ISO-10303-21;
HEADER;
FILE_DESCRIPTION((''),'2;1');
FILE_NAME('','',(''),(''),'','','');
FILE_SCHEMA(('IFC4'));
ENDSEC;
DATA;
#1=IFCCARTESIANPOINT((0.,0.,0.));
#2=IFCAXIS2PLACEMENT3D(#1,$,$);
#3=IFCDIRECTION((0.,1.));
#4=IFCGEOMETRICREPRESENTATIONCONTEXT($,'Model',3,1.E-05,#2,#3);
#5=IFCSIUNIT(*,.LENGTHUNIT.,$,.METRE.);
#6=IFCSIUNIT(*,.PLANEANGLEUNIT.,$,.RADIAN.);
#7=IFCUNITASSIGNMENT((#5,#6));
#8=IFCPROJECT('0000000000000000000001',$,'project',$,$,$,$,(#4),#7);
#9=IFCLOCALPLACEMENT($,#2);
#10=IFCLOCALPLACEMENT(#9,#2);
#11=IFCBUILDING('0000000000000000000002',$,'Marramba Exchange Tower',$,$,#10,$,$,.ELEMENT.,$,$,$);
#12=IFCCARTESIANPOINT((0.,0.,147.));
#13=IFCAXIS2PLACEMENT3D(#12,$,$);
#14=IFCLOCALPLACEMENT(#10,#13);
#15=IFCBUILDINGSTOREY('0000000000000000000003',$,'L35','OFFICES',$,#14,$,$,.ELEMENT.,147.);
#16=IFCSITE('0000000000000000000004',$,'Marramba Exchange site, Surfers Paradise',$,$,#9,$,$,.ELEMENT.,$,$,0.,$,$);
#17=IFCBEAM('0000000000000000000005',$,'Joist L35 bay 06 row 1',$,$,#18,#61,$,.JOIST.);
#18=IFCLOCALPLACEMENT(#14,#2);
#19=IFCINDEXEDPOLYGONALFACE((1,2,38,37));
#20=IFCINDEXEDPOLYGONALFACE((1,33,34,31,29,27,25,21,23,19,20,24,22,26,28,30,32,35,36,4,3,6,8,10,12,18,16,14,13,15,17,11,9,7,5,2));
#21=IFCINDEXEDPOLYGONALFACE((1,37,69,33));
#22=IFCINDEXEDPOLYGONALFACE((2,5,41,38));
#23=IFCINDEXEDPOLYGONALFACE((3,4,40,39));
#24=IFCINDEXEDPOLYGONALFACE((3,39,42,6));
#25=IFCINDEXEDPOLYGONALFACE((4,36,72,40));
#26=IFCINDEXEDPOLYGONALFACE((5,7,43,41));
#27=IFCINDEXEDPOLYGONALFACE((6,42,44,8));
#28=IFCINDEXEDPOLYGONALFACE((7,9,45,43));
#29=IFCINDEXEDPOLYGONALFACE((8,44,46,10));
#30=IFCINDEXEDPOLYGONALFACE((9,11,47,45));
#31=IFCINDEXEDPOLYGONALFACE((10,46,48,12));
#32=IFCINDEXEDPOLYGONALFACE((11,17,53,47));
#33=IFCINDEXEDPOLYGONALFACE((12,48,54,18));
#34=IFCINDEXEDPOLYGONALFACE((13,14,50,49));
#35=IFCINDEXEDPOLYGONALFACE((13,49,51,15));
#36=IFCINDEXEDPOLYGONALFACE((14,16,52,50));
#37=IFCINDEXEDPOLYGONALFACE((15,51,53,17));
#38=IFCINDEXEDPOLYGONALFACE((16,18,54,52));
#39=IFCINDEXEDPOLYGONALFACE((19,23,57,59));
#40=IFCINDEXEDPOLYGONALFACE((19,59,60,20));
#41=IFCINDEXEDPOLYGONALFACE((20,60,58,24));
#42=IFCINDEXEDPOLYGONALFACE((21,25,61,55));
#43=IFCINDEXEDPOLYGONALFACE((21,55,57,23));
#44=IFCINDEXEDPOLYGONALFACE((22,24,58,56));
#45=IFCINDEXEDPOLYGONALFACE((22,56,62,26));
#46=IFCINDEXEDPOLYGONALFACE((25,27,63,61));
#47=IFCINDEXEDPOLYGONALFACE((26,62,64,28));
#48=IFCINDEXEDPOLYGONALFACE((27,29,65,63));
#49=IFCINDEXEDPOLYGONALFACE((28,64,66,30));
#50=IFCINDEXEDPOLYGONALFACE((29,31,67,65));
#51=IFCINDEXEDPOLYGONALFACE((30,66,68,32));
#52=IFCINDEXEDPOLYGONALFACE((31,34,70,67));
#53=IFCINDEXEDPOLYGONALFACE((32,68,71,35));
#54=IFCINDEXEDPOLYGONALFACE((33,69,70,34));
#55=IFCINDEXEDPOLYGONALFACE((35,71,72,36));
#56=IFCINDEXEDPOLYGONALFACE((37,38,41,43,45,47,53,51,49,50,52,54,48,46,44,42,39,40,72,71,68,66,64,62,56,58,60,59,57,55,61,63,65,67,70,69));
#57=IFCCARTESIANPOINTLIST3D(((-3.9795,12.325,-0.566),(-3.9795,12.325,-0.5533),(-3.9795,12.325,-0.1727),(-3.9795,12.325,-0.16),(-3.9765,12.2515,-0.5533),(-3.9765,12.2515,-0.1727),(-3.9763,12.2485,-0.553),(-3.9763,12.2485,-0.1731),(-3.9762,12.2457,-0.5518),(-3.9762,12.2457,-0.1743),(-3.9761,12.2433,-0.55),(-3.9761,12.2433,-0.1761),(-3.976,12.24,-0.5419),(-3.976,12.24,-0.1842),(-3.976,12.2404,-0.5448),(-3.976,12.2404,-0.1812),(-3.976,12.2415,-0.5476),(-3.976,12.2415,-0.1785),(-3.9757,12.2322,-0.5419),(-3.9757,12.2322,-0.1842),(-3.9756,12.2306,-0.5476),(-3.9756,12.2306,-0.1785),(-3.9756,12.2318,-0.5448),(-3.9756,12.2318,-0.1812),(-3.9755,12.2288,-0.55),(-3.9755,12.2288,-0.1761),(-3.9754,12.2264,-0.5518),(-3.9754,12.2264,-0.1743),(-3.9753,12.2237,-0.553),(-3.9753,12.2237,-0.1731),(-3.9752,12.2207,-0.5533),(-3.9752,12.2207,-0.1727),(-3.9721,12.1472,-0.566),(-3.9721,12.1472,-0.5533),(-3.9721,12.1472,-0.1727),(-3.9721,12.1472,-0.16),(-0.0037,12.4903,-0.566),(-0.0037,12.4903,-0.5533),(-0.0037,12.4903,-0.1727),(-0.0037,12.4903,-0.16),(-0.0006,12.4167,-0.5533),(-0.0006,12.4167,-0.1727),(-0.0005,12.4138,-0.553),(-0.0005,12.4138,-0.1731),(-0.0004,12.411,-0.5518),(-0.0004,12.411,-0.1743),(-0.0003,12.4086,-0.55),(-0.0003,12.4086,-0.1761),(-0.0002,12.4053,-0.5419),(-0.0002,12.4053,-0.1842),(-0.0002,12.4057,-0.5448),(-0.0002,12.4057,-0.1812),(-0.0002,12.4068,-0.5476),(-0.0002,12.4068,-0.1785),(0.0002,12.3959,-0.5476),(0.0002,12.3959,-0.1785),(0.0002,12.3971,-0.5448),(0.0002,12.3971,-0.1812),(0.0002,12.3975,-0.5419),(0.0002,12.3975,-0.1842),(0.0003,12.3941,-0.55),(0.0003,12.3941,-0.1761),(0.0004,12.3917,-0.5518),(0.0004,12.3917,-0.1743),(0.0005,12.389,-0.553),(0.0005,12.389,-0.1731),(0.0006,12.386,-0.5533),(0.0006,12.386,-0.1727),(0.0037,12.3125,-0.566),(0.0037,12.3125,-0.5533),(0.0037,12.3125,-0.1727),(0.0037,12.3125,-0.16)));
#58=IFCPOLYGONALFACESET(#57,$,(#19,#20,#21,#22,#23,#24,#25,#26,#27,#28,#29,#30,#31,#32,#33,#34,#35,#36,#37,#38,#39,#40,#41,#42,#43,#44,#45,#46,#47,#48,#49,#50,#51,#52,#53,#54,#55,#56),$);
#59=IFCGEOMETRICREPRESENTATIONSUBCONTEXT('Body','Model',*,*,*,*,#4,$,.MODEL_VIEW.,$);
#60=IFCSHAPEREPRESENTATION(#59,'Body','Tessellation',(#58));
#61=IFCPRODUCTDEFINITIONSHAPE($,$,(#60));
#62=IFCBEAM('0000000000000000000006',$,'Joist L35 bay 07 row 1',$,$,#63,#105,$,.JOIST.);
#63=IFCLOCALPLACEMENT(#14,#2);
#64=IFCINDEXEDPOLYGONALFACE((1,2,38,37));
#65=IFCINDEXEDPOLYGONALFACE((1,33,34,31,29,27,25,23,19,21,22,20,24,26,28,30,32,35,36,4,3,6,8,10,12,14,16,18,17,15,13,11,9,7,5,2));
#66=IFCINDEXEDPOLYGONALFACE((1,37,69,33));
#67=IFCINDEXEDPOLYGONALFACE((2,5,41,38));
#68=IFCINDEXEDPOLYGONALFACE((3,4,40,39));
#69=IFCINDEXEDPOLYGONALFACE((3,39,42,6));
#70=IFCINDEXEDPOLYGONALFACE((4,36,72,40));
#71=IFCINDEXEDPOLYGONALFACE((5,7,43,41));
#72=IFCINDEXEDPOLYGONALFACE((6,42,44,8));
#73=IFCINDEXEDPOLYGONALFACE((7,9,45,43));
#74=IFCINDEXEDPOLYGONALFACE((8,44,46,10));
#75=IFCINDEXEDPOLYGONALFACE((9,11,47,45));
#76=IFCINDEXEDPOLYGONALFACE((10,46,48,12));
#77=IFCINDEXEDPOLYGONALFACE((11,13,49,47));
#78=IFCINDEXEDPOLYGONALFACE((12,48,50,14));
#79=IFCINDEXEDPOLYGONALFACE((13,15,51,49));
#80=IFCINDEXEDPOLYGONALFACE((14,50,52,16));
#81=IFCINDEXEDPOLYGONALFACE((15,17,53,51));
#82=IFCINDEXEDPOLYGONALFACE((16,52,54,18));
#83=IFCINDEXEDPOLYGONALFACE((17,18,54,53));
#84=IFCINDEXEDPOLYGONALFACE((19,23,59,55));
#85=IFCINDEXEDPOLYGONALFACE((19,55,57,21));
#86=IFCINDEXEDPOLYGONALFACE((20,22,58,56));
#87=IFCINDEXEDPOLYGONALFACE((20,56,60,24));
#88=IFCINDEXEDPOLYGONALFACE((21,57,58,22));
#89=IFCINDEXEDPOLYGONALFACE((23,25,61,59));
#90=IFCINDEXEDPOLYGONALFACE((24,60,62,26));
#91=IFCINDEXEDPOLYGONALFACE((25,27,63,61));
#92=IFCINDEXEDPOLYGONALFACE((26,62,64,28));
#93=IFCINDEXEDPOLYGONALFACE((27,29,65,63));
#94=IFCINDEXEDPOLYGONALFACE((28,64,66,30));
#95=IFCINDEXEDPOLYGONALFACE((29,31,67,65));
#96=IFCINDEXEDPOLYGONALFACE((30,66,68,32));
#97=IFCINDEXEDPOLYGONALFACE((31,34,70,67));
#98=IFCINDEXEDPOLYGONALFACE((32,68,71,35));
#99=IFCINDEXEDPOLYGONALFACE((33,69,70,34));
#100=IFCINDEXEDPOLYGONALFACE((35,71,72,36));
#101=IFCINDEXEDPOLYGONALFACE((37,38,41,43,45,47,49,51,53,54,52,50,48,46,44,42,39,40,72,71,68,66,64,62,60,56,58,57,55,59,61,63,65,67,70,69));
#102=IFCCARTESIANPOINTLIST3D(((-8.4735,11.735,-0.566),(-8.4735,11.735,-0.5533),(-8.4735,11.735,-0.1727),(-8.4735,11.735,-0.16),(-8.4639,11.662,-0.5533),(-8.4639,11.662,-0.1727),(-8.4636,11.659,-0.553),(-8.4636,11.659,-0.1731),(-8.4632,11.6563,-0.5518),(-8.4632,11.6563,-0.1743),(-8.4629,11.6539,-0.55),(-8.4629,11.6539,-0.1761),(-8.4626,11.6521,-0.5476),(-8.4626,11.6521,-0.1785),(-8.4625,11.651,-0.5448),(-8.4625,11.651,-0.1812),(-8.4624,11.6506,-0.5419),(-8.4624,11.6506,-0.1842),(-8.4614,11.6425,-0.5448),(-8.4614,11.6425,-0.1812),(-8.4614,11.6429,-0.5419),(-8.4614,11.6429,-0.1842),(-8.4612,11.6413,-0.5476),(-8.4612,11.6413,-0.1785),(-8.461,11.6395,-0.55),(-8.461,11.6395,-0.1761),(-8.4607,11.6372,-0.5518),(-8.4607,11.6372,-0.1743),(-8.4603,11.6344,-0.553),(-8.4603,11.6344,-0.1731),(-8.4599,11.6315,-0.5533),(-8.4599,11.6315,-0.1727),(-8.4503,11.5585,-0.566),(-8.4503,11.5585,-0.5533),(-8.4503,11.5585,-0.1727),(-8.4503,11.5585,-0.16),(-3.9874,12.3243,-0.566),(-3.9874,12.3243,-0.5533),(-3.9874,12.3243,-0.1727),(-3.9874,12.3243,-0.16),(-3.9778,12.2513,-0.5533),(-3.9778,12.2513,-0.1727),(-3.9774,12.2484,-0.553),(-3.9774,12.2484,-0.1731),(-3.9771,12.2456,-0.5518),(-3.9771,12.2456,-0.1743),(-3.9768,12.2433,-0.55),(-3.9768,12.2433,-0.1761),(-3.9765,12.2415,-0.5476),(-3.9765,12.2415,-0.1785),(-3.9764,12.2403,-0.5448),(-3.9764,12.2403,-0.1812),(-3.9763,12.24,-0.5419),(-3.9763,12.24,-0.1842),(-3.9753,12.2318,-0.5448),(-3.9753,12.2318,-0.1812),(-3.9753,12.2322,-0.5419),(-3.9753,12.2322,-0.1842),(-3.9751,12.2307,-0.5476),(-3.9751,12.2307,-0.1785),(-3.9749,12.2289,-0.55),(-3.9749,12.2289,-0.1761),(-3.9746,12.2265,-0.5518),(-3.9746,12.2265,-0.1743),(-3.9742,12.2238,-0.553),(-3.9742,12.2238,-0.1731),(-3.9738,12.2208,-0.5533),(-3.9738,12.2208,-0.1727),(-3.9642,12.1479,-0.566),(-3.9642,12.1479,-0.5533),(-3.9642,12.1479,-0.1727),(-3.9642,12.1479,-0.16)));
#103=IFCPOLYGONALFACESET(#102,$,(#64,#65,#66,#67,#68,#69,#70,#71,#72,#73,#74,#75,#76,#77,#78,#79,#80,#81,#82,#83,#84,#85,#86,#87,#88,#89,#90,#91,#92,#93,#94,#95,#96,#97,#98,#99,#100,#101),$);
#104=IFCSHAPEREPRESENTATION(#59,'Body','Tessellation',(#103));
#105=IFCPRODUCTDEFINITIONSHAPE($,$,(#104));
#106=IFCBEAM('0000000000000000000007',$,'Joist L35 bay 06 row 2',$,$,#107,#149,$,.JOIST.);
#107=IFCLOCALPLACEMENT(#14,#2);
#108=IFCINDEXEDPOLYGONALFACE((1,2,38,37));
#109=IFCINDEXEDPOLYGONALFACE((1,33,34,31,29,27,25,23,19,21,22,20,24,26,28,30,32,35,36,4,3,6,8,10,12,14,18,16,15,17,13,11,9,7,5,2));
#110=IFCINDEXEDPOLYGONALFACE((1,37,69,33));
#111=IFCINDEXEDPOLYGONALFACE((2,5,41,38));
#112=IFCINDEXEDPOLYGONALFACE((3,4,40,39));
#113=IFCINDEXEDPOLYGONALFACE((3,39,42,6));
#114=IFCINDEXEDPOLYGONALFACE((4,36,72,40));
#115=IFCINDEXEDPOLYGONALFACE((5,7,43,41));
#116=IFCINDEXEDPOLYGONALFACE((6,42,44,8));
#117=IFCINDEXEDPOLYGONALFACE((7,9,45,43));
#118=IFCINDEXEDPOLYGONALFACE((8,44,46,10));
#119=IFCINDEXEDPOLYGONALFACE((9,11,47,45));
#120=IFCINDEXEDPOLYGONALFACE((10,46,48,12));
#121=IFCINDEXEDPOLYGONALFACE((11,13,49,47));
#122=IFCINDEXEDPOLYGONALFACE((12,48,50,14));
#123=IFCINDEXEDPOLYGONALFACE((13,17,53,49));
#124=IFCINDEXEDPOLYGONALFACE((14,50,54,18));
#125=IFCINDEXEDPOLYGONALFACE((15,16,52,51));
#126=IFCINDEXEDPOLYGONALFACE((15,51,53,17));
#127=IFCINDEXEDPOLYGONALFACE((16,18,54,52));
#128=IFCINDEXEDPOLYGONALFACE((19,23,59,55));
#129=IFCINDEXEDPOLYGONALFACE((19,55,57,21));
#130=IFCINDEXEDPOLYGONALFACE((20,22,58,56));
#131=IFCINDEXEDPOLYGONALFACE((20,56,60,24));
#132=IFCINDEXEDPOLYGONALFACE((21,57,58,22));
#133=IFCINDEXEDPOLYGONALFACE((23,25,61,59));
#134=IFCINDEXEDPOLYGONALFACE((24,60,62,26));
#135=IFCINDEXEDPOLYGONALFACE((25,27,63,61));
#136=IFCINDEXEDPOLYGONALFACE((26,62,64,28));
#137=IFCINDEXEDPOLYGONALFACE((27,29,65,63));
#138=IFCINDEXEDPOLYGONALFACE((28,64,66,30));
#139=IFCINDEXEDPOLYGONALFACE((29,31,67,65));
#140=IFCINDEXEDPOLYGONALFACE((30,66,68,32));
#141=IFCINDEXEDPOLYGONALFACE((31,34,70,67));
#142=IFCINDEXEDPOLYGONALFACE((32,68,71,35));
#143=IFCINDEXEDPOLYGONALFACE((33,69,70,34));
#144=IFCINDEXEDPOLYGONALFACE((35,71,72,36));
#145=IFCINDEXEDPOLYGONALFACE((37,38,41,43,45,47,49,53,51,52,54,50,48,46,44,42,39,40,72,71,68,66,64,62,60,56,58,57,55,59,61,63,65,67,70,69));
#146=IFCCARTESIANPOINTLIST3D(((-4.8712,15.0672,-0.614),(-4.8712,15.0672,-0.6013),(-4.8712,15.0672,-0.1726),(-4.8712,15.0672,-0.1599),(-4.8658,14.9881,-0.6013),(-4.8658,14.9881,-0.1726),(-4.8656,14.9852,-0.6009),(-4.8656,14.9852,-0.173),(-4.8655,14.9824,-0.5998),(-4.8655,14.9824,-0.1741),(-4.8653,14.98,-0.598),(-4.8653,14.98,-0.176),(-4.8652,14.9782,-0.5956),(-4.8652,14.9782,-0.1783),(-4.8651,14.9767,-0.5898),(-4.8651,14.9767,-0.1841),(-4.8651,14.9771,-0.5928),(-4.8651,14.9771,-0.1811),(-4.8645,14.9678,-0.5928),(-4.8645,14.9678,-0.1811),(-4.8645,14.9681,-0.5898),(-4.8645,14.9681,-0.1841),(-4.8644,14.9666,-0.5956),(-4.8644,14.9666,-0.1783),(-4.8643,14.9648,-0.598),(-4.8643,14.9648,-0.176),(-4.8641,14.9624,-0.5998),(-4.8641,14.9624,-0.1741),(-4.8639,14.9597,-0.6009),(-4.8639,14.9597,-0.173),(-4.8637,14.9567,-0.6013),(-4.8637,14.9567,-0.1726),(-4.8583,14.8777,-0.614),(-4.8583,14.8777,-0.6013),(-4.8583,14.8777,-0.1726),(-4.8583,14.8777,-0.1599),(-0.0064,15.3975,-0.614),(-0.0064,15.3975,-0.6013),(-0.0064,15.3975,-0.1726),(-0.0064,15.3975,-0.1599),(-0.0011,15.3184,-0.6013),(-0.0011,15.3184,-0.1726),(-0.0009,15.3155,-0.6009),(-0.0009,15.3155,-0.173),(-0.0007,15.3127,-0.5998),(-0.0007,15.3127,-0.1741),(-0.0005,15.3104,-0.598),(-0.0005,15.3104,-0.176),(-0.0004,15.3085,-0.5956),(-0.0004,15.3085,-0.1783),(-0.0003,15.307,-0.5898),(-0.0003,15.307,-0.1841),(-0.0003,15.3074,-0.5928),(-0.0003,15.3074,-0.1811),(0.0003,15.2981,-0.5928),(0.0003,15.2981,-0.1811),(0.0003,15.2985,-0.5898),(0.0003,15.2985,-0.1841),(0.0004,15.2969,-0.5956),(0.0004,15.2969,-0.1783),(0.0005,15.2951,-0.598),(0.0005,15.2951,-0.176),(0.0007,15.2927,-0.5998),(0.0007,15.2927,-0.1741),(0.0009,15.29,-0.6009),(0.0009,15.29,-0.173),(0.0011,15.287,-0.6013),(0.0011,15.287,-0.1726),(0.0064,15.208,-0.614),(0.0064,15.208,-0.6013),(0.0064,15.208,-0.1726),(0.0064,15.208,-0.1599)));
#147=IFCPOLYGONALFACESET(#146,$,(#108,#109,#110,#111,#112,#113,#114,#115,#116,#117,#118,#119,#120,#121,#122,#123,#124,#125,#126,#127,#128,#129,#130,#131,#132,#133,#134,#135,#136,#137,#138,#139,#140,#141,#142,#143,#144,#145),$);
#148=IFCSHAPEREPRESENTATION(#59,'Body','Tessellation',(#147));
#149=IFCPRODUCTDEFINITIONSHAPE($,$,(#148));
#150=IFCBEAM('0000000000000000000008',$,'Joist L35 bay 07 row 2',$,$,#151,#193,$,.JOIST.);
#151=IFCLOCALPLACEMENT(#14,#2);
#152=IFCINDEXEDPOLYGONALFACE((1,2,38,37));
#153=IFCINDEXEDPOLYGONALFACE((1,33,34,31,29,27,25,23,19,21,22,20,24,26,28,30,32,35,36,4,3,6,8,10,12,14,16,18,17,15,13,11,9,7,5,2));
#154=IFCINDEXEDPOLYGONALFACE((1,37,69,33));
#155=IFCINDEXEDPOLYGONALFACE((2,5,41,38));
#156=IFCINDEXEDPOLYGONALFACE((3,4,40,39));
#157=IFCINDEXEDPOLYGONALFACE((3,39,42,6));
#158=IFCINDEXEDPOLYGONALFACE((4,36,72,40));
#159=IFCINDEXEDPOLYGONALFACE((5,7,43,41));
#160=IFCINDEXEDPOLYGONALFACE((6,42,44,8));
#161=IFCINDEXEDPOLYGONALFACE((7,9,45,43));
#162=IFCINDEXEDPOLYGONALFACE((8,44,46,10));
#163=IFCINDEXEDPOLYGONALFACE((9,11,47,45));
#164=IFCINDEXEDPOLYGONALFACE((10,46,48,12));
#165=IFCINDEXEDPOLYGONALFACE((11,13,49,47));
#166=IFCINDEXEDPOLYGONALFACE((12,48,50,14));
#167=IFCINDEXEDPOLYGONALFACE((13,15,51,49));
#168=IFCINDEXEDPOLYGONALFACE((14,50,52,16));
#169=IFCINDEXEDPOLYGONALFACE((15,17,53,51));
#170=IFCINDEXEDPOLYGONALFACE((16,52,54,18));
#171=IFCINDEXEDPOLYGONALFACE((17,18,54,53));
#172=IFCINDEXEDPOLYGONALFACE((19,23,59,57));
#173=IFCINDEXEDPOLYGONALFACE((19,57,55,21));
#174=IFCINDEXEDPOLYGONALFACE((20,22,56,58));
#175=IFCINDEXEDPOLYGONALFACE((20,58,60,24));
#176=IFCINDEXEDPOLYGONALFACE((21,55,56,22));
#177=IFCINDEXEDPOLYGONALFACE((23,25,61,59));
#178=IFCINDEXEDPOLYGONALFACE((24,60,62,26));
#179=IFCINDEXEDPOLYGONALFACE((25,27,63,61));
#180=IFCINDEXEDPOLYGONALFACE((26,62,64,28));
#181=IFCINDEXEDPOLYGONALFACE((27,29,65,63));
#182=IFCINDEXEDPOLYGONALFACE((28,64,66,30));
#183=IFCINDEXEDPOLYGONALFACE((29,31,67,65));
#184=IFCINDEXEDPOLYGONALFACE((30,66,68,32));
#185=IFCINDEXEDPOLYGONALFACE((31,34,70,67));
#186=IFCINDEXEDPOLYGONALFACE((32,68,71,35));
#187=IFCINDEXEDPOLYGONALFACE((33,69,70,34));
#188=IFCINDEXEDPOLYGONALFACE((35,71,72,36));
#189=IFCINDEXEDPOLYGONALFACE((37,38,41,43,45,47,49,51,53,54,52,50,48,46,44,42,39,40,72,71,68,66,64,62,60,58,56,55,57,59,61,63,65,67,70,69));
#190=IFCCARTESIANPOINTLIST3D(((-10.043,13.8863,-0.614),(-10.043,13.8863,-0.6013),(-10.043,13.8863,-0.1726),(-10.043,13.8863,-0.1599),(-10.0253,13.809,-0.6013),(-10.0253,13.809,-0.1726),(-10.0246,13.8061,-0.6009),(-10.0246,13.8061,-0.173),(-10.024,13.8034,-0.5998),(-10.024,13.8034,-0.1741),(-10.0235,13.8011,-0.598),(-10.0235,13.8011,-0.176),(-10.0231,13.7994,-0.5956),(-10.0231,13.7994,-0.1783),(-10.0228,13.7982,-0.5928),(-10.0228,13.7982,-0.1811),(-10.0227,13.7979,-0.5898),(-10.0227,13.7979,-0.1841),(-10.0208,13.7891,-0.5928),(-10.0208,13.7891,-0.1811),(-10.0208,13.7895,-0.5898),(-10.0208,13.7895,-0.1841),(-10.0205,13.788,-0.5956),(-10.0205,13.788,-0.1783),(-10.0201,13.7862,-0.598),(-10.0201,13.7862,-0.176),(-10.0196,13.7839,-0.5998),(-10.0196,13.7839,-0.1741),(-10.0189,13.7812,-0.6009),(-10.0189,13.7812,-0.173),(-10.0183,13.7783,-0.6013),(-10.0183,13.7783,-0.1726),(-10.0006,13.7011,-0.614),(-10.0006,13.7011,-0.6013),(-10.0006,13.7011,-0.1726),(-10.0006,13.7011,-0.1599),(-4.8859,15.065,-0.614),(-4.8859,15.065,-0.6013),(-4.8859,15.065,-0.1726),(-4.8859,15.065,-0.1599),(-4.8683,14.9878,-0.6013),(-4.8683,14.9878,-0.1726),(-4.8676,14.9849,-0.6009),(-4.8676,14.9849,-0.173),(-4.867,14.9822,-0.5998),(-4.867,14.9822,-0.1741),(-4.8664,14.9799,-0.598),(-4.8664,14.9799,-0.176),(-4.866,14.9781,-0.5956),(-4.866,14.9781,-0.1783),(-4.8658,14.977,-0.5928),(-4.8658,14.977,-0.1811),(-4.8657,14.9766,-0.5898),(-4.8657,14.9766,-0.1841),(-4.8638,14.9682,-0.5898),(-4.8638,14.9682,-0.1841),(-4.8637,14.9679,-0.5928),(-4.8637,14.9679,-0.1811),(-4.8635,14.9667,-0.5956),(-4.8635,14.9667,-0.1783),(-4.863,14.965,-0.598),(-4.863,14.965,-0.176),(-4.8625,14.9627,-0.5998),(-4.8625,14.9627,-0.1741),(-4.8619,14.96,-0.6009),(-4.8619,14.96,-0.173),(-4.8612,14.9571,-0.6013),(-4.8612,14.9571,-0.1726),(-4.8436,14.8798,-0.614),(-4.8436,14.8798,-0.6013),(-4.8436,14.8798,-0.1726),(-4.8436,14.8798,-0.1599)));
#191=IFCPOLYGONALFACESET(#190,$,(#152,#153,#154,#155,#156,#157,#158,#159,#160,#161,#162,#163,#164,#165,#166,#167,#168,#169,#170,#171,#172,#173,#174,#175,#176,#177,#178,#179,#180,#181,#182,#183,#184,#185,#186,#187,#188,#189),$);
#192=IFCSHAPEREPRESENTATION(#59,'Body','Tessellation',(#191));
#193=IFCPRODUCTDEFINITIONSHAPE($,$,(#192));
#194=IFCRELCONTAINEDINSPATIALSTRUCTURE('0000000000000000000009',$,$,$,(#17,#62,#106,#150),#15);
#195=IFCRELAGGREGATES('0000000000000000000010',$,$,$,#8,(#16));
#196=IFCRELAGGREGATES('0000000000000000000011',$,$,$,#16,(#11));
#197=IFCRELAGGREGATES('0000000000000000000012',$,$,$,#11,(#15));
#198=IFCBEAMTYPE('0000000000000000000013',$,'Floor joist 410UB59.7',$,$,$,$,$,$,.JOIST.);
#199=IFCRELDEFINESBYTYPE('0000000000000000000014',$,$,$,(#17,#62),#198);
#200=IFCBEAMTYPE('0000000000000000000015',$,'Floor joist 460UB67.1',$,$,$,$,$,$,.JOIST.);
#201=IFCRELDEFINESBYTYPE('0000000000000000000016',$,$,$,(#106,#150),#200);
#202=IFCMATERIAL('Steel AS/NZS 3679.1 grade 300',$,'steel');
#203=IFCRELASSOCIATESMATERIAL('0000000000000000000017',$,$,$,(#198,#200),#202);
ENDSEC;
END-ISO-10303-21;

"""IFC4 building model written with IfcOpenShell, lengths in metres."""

from ifc_helpers import new_model, si_unit, direction, frame, origin, origin_2d, place, context, subcontext, project, spatial, i_section, extrude, material, material_profile, profile_set, type_object, element, save


model = new_model("IFC4")

# Units and contexts
model_context = context("Model", 3, precision=1e-05, world=origin(), true_north=direction((0.0, 1.0)))
body_context = subcontext(model_context, "Body", "Model", "MODEL_VIEW")
ifc_project = project(units=[si_unit("LENGTHUNIT", "METRE"), si_unit("PLANEANGLEUNIT", "RADIAN")], contexts=[model_context])

# Site, building, storey
site_placement = place(None, origin())
site = spatial("IfcSite", under=ifc_project, at=site_placement, Name="Marramba Exchange site, Surfers Paradise", CompositionType="ELEMENT", RefElevation=0.0)
building_placement = place(site_placement, origin())
building = spatial("IfcBuilding", under=site, at=building_placement, Name="Marramba Exchange Tower", CompositionType="ELEMENT")
storey_placement = place(building_placement, frame((0.0, 0.0, 147.0)))
storey = spatial("IfcBuildingStorey", under=building, at=storey_placement, Name="L35", Description="OFFICES", CompositionType="ELEMENT", Elevation=147.0)

# Beams
ifc_material_1 = material(Name="Steel AS/NZS 3679.1 grade 300", Category="steel")
ifc_material_profile_1 = material_profile(ifc_material_1, i_section(OverallWidth=0.178, OverallDepth=0.406, WebThickness=0.0078, FlangeThickness=0.0127, FilletRadius=0.0115, at=origin_2d()), Name="410UB59.7")
ifc_profile_set_1 = profile_set([ifc_material_profile_1], Name="Steel AS/NZS 3679.1 grade 300")
beam_type_1 = type_object("IfcBeamType", Name="Floor joist 410UB59.7", PredefinedType="JOIST", material=ifc_profile_set_1)
beam_1_placement = place(storey_placement, frame((0.0, 12.4014, -0.363), z_axis=(-0.999137, -0.041536, 0.0), x_axis=(0.041536, -0.999137, 0.0)))
element("IfcBeam", 1, at=beam_1_placement, inside=storey, type_object=beam_type_1, Name="Joist L35 bay 06 row 1", PredefinedType="JOIST", context=body_context, shape_type="SweptSolid", body=[
    extrude(i_section(OverallWidth=0.178, OverallDepth=0.406, WebThickness=0.0078, FlangeThickness=0.0127, FilletRadius=0.0115, at=origin_2d()), origin(), (0.0, 0.0, 1.0), 3.9792),
])
beam_2_placement = place(storey_placement, frame((-3.9758, 12.2361, -0.363), z_axis=(-0.991481, -0.130255, 0.0), x_axis=(0.130255, -0.991481, 0.0)))
element("IfcBeam", 2, at=beam_2_placement, inside=storey, type_object=beam_type_1, Name="Joist L35 bay 07 row 1", PredefinedType="JOIST", context=body_context, shape_type="SweptSolid", body=[
    extrude(i_section(OverallWidth=0.178, OverallDepth=0.406, WebThickness=0.0078, FlangeThickness=0.0127, FilletRadius=0.0115, at=origin_2d()), origin(), (0.0, 0.0, 1.0), 4.5247),
])
ifc_material_profile_2 = material_profile(ifc_material_1, i_section(OverallWidth=0.1899, OverallDepth=0.4541, WebThickness=0.0085, FlangeThickness=0.0127, FilletRadius=0.0115, at=origin_2d()), Name="460UB67.1")
ifc_profile_set_2 = profile_set([ifc_material_profile_2], Name="Steel AS/NZS 3679.1 grade 300")
beam_type_2 = type_object("IfcBeamType", Name="Floor joist 460UB67.1", PredefinedType="JOIST", material=ifc_profile_set_2)
beam_3_placement = place(storey_placement, frame((0.0, 15.3027, -0.387), z_axis=(-0.997703, -0.067745, 0.0), x_axis=(0.067745, -0.997703, 0.0)))
element("IfcBeam", 3, at=beam_3_placement, inside=storey, type_object=beam_type_2, Name="Joist L35 bay 06 row 2", PredefinedType="JOIST", context=body_context, shape_type="SweptSolid", body=[
    extrude(i_section(OverallWidth=0.1899, OverallDepth=0.4541, WebThickness=0.0085, FlangeThickness=0.0127, FilletRadius=0.0115, at=origin_2d()), origin(), (0.0, 0.0, 1.0), 4.876),
])
beam_4_placement = place(storey_placement, frame((-4.8647, 14.9724, -0.387), z_axis=(-0.97486, -0.22282, 0.0), x_axis=(0.22282, -0.97486, 0.0)))
element("IfcBeam", 4, at=beam_4_placement, inside=storey, type_object=beam_type_2, Name="Joist L35 bay 07 row 2", PredefinedType="JOIST", context=body_context, shape_type="SweptSolid", body=[
    extrude(i_section(OverallWidth=0.1899, OverallDepth=0.4541, WebThickness=0.0085, FlangeThickness=0.0127, FilletRadius=0.0115, at=origin_2d()), origin(), (0.0, 0.0, 1.0), 5.29),
])

save(model, "model.ifc")
